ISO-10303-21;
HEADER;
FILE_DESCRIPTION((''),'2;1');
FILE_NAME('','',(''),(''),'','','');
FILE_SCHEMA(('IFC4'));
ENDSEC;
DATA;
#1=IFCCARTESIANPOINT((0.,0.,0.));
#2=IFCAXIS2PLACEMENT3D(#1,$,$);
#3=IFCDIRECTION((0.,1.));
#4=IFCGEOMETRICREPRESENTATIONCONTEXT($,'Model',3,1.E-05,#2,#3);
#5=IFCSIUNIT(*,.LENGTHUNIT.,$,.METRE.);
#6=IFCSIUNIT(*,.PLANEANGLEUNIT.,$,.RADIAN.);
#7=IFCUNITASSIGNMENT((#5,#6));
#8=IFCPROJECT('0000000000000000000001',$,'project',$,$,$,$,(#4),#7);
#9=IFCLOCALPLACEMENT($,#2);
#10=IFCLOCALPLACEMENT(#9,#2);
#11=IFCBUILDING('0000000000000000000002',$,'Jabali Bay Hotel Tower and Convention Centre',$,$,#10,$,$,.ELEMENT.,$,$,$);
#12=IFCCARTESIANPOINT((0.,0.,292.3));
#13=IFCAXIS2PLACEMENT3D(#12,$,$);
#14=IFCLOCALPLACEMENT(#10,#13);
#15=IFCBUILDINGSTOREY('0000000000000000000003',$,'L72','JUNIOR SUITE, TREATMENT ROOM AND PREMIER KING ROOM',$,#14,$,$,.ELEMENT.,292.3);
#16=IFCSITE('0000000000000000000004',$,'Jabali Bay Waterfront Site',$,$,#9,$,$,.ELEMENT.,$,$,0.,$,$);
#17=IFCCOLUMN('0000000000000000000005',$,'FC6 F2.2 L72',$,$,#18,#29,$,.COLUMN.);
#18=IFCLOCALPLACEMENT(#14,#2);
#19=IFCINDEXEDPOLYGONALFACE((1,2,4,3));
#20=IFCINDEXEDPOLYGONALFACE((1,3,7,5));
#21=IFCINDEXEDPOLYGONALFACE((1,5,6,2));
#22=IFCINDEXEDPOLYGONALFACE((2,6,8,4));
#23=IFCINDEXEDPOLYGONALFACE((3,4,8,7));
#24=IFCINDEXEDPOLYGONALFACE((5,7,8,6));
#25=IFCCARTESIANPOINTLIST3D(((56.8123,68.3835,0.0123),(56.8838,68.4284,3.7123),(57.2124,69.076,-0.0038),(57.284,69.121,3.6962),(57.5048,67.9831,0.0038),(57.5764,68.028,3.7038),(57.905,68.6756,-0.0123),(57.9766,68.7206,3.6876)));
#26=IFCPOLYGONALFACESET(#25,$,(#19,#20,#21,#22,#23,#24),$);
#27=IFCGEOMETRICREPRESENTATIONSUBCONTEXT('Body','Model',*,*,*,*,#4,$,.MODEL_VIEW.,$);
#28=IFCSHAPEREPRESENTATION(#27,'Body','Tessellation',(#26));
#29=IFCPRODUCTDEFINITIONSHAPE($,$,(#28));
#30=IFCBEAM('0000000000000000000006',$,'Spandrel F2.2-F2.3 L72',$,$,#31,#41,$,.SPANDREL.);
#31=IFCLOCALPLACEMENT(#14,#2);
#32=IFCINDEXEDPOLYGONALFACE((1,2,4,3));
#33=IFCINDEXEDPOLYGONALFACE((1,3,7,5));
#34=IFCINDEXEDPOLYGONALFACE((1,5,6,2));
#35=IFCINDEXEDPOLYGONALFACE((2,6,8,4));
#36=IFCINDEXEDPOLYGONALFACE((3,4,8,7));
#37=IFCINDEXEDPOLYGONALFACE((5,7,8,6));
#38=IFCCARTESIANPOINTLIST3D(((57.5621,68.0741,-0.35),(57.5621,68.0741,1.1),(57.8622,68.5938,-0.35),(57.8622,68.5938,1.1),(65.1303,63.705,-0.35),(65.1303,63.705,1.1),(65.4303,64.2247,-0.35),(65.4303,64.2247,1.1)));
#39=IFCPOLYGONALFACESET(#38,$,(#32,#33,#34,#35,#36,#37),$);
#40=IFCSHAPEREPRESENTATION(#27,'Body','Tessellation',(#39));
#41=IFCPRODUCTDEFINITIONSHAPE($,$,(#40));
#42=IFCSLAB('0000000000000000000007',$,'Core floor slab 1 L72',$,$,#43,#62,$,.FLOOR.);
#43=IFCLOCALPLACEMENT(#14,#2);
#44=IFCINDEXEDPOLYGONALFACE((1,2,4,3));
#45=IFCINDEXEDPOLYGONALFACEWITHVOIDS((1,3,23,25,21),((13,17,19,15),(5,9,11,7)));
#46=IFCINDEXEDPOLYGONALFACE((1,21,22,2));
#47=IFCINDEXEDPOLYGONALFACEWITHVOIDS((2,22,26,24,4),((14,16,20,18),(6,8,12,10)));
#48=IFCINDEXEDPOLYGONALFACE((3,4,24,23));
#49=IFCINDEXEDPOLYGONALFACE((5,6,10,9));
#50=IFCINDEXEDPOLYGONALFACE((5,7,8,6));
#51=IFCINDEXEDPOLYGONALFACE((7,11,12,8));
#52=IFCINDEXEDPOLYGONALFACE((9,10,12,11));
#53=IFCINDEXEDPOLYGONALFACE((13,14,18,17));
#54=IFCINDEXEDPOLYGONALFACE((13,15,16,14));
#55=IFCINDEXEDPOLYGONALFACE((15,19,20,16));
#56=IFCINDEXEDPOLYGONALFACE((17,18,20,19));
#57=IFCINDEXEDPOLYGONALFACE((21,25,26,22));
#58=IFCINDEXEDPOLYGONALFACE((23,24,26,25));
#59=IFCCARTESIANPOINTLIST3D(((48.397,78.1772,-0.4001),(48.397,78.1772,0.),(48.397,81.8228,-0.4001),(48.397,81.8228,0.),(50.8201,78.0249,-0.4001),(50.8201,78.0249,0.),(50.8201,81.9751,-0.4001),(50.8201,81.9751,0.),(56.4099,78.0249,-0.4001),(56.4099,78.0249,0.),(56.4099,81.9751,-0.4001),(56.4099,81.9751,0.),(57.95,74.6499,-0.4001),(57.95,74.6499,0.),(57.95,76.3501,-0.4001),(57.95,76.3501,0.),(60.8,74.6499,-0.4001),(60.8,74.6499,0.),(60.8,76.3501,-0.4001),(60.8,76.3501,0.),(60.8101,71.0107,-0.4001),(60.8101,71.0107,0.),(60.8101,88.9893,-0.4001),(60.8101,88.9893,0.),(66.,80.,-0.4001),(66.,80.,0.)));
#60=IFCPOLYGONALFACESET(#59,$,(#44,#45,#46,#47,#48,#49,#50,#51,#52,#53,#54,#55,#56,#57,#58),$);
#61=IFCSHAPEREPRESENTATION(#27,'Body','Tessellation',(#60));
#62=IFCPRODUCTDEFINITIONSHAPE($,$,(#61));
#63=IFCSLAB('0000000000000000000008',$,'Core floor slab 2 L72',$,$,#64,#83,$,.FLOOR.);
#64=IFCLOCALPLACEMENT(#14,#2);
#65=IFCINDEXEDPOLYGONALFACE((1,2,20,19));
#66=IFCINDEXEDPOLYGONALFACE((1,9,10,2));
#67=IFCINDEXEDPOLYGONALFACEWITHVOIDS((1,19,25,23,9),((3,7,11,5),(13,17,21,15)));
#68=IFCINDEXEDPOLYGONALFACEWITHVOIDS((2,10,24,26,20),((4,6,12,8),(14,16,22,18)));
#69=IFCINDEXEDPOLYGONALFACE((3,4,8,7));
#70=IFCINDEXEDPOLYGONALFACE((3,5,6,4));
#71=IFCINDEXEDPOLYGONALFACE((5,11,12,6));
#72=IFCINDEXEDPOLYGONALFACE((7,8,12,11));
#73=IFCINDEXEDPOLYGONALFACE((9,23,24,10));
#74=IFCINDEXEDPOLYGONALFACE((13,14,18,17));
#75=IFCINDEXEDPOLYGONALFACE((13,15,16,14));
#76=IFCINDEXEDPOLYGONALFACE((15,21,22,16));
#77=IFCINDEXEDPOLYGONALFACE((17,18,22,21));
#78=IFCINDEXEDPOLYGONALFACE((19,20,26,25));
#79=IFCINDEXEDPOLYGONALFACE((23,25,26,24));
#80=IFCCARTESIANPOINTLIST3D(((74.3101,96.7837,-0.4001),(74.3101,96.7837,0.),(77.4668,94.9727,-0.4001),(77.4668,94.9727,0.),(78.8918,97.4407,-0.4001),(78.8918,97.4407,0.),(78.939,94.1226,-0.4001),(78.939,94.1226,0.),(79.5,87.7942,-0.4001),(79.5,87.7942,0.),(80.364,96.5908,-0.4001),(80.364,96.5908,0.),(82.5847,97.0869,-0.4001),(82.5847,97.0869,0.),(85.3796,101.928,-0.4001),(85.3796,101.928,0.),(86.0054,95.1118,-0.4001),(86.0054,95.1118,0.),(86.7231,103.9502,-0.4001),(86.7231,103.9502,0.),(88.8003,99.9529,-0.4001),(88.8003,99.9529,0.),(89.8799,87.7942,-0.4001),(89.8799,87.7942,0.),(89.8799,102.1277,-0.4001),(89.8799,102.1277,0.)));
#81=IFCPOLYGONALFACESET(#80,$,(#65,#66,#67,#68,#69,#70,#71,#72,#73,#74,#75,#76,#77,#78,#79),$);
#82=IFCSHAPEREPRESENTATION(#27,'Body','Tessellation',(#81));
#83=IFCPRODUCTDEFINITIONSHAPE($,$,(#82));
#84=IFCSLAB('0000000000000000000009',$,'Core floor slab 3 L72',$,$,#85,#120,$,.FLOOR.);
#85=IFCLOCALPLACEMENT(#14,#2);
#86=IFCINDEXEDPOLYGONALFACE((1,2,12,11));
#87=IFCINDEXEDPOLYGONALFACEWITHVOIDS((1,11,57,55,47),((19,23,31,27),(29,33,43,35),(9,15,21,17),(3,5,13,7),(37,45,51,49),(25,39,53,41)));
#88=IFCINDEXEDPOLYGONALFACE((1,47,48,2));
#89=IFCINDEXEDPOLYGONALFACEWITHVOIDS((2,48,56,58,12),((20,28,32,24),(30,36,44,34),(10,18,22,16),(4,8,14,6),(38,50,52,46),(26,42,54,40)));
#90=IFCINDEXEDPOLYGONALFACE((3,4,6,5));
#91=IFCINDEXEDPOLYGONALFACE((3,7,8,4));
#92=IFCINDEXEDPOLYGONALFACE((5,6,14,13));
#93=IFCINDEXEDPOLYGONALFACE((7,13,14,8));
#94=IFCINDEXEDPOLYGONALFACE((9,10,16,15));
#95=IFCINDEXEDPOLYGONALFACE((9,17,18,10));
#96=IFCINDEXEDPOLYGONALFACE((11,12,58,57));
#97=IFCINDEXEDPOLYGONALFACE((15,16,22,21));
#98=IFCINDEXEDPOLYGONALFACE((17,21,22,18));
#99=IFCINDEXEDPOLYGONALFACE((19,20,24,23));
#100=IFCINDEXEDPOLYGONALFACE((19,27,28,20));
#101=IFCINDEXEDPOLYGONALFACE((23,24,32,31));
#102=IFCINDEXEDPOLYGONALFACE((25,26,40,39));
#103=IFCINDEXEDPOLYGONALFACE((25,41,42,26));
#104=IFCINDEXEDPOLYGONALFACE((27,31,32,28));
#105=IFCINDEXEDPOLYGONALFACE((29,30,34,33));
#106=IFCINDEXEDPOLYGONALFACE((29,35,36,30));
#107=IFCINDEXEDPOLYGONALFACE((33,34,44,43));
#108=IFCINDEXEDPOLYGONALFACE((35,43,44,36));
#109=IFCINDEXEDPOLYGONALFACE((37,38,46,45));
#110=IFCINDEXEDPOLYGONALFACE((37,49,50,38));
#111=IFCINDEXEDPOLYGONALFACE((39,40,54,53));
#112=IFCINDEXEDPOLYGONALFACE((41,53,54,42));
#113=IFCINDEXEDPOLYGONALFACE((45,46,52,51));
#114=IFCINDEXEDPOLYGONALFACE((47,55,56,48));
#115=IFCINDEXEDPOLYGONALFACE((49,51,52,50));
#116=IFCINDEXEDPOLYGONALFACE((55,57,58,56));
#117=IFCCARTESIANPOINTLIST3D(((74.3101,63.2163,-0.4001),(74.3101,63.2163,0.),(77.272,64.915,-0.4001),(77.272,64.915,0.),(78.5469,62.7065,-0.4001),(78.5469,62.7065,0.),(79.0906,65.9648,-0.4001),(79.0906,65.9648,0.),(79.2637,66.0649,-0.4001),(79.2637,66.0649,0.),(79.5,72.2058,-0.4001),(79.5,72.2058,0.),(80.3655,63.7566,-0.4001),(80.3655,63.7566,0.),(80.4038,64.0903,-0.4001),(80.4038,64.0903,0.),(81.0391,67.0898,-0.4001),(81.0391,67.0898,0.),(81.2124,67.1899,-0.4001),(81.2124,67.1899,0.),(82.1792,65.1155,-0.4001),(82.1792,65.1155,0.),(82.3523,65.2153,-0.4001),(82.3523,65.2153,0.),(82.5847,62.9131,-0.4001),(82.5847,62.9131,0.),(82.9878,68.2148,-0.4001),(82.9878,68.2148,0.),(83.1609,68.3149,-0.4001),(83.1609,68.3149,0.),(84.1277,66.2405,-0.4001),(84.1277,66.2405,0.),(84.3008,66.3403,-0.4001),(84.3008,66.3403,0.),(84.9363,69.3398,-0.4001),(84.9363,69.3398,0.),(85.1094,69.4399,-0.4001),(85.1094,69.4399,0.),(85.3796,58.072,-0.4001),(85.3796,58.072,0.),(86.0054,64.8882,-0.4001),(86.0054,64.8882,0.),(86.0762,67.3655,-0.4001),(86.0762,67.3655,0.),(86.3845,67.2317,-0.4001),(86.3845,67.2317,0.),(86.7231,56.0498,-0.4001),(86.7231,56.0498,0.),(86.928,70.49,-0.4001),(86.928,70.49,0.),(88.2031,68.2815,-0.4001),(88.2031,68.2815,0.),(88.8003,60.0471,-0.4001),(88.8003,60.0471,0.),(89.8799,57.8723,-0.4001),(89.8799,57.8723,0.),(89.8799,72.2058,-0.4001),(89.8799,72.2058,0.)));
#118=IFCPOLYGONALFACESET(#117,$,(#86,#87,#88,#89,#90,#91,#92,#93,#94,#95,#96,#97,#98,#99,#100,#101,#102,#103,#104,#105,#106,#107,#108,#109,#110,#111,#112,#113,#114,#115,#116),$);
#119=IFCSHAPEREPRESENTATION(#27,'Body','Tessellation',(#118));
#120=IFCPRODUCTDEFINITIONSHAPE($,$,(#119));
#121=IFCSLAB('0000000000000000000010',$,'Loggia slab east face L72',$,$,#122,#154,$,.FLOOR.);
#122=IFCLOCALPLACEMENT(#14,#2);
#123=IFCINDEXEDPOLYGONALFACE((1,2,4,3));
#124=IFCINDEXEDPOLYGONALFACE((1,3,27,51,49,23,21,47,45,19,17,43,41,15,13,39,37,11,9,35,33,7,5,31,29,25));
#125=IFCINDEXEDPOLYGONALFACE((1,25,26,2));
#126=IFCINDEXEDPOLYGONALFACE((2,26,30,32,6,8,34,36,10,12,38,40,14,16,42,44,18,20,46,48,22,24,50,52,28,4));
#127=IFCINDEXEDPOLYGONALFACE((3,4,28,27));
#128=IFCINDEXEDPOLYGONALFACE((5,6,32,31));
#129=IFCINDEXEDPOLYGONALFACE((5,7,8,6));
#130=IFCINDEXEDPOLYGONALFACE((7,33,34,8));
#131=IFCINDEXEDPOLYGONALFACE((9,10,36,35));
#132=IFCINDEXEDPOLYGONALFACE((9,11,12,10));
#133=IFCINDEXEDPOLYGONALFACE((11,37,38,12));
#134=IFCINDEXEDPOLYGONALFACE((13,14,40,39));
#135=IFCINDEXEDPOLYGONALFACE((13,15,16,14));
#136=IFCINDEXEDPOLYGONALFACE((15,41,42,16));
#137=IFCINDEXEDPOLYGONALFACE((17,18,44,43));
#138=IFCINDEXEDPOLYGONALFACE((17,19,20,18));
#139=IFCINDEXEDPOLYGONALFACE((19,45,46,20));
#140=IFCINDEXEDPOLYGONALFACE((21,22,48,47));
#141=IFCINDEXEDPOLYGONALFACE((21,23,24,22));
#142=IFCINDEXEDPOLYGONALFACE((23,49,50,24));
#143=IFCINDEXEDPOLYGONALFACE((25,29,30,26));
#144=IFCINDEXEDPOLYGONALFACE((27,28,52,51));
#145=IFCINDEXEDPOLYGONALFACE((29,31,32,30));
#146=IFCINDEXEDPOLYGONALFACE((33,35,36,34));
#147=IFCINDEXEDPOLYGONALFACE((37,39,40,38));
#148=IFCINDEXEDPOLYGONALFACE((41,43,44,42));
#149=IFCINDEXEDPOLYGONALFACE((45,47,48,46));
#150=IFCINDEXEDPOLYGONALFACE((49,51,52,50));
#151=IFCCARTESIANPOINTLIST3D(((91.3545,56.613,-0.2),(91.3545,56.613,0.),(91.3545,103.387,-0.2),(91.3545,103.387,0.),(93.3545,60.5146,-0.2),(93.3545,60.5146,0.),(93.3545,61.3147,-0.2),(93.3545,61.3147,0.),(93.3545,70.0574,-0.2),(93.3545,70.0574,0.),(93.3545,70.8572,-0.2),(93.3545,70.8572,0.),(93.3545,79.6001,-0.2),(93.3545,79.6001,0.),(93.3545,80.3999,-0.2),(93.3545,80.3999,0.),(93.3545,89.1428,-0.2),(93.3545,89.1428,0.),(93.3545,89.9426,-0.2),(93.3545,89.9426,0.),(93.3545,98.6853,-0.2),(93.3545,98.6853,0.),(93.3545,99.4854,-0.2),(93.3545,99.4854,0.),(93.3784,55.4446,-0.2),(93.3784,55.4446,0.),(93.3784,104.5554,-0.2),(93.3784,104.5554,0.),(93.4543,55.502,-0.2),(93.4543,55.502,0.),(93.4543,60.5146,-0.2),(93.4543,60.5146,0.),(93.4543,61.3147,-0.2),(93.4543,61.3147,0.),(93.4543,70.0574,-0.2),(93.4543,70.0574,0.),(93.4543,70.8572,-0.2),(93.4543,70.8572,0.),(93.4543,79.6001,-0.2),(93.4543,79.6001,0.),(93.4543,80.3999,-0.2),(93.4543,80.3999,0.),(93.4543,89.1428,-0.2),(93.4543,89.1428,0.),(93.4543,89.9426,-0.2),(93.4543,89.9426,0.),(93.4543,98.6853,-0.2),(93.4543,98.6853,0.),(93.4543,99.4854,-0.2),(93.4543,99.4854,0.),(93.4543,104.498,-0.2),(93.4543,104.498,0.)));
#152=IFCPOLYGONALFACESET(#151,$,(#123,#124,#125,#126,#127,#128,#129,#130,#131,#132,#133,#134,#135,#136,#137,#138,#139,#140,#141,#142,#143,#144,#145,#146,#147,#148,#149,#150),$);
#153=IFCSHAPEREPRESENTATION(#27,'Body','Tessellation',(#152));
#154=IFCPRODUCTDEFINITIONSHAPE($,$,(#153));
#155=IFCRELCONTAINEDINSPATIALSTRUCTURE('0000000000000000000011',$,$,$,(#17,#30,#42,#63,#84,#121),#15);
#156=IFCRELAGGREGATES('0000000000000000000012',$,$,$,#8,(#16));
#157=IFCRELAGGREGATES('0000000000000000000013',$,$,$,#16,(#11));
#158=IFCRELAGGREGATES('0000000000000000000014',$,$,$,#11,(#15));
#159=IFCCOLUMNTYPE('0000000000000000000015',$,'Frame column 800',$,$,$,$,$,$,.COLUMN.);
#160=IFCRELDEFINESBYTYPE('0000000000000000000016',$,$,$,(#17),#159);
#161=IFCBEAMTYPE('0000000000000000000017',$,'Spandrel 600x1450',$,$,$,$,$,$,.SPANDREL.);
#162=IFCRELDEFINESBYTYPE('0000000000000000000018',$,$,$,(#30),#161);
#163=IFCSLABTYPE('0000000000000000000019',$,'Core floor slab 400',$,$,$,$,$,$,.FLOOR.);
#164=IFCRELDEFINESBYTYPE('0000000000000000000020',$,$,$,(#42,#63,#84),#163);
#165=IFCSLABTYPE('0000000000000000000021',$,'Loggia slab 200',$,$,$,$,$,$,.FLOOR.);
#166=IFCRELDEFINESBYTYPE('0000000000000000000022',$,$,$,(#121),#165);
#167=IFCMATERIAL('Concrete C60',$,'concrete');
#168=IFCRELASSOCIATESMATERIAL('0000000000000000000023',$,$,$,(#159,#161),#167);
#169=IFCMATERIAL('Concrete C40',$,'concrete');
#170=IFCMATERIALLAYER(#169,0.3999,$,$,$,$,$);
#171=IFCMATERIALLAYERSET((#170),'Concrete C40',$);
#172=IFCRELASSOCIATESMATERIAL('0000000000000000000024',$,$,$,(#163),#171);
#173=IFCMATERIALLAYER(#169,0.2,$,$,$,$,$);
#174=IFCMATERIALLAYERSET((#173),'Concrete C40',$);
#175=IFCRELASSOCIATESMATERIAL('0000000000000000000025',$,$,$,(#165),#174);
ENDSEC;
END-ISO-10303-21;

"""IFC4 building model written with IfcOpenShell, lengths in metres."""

from ifc_helpers import new_model, si_unit, direction, frame, origin, origin_2d, place, context, subcontext, project, spatial, polyline, rectangle, outline, extrude, material, layer, layer_set, material_profile, profile_set, type_object, element, save


model = new_model("IFC4")

# Units and contexts
model_context = context("Model", 3, precision=1e-05, world=origin(), true_north=direction((0.0, 1.0)))
body_context = subcontext(model_context, "Body", "Model", "MODEL_VIEW")
ifc_project = project(units=[si_unit("LENGTHUNIT", "METRE"), si_unit("PLANEANGLEUNIT", "RADIAN")], contexts=[model_context])

# Site, building, storey
site_placement = place(None, origin())
site = spatial("IfcSite", under=ifc_project, at=site_placement, Name="Jabali Bay Waterfront Site", CompositionType="ELEMENT", RefElevation=0.0)
building_placement = place(site_placement, origin())
building = spatial("IfcBuilding", under=site, at=building_placement, Name="Jabali Bay Hotel Tower and Convention Centre", CompositionType="ELEMENT")
storey_placement = place(building_placement, frame((0.0, 0.0, 292.3)))
storey = spatial("IfcBuildingStorey", under=building, at=storey_placement, Name="L72", Description="JUNIOR SUITE, TREATMENT ROOM AND PREMIER KING ROOM", CompositionType="ELEMENT", Elevation=292.3)

# Column
ifc_material_1 = material(Name="Concrete C60", Category="concrete")
ifc_material_profile_1 = material_profile(ifc_material_1, rectangle(XDim=0.8, YDim=0.8, at=origin_2d()), Name="Frame column 800")
ifc_profile_set_1 = profile_set([ifc_material_profile_1], Name="Concrete C60")
column_type = type_object("IfcColumnType", Name="Frame column 800", PredefinedType="COLUMN", material=ifc_profile_set_1)
column_placement = place(storey_placement, frame((57.3586, 68.5295, 0.0), z_axis=(0.019329, 0.012138, 0.99974), x_axis=(-0.865689, 0.500469, 0.010661)))
element("IfcColumn", 1, at=column_placement, inside=storey, type_object=column_type, Name="FC6 F2.2 L72", PredefinedType="COLUMN", context=body_context, shape_type="SweptSolid", body=[
    extrude(rectangle(XDim=0.8, YDim=0.8, at=origin_2d()), origin(), (0.0, 0.0, 1.0), 3.7009),
])

# Beam
ifc_material_profile_2 = material_profile(ifc_material_1, rectangle(XDim=0.6001, YDim=1.45, at=origin_2d()), Name="Spandrel 600x1450")
ifc_profile_set_2 = profile_set([ifc_material_profile_2], Name="Concrete C60")
beam_type = type_object("IfcBeamType", Name="Spandrel 600x1450", PredefinedType="SPANDREL", material=ifc_profile_set_2)
beam_placement = place(storey_placement, frame((57.7122, 68.334, 0.375), z_axis=(0.866041, -0.499973, 0.0), x_axis=(0.499973, 0.866041, 0.0)))
element("IfcBeam", 2, at=beam_placement, inside=storey, type_object=beam_type, Name="Spandrel F2.2-F2.3 L72", PredefinedType="SPANDREL", context=body_context, shape_type="SweptSolid", body=[
    extrude(rectangle(XDim=0.6001, YDim=1.45, at=origin_2d()), origin(), (0.0, 0.0, 1.0), 8.7388),
])

# Slabs
ifc_material_2 = material(Name="Concrete C40", Category="concrete")
ifc_layer_1 = layer(ifc_material_2, 0.3999)
ifc_layer_set_1 = layer_set([ifc_layer_1], Name="Concrete C40")
slab_type_1 = type_object("IfcSlabType", Name="Core floor slab 400", PredefinedType="FLOOR", material=ifc_layer_set_1)
slab_1_placement = place(storey_placement, frame((0.0, 0.0, -0.4001)))
element("IfcSlab", 3, at=slab_1_placement, inside=storey, type_object=slab_type_1, Name="Core floor slab 1 L72", PredefinedType="FLOOR", context=body_context, shape_type="SweptSolid", body=[
    extrude(outline(polyline([(66.0, 80.0), (60.8101, 88.9893), (48.397, 81.8228), (48.397, 78.1772), (60.8101, 71.0107), (66.0, 80.0)]), holes=[polyline([(60.8, 76.3501), (57.95, 76.3501), (57.95, 74.6499), (60.8, 74.6499), (60.8, 76.3501)]), polyline([(50.8201, 81.9751), (50.8201, 78.0249), (56.4099, 78.0249), (56.4099, 81.9751), (50.8201, 81.9751)])]), origin(), (0.0, 0.0, 1.0), 0.4001),
])
slab_2_placement = place(storey_placement, frame((0.0, 0.0, -0.4001)))
element("IfcSlab", 4, at=slab_2_placement, inside=storey, type_object=slab_type_1, Name="Core floor slab 2 L72", PredefinedType="FLOOR", context=body_context, shape_type="SweptSolid", body=[
    extrude(outline(polyline([(79.5, 87.7942), (89.8799, 87.7942), (89.8799, 102.1277), (86.7231, 103.9502), (74.3101, 96.7837), (79.5, 87.7942)]), holes=[polyline([(78.939, 94.1226), (80.364, 96.5908), (78.8918, 97.4407), (77.4668, 94.9727), (78.939, 94.1226)]), polyline([(88.8003, 99.9529), (85.3796, 101.928), (82.5847, 97.0869), (86.0054, 95.1118), (88.8003, 99.9529)])]), origin(), (0.0, 0.0, 1.0), 0.4001),
])
slab_3_placement = place(storey_placement, frame((0.0, 0.0, -0.4001)))
element("IfcSlab", 5, at=slab_3_placement, inside=storey, type_object=slab_type_1, Name="Core floor slab 3 L72", PredefinedType="FLOOR", context=body_context, shape_type="SweptSolid", body=[
    extrude(outline(polyline([(79.5, 72.2058), (74.3101, 63.2163), (86.7231, 56.0498), (89.8799, 57.8723), (89.8799, 72.2058), (79.5, 72.2058)]), holes=[polyline([(82.5847, 62.9131), (85.3796, 58.072), (88.8003, 60.0471), (86.0054, 64.8882), (82.5847, 62.9131)]), polyline([(80.3655, 63.7566), (79.0906, 65.9648), (77.272, 64.915), (78.5469, 62.7065), (80.3655, 63.7566)]), polyline([(82.1792, 65.1155), (81.0391, 67.0898), (79.2637, 66.0649), (80.4038, 64.0903), (82.1792, 65.1155)]), polyline([(82.9878, 68.2148), (81.2124, 67.1899), (82.3523, 65.2153), (84.1277, 66.2405), (82.9878, 68.2148)]), polyline([(86.0762, 67.3655), (84.9363, 69.3398), (83.1609, 68.3149), (84.3008, 66.3403), (86.0762, 67.3655)]), polyline([(88.2031, 68.2815), (86.928, 70.49), (85.1094, 69.4399), (86.3845, 67.2317), (88.2031, 68.2815)])]), origin(), (0.0, 0.0, 1.0), 0.4001),
])
ifc_layer_2 = layer(ifc_material_2, 0.2)
ifc_layer_set_2 = layer_set([ifc_layer_2], Name="Concrete C40")
slab_type_2 = type_object("IfcSlabType", Name="Loggia slab 200", PredefinedType="FLOOR", material=ifc_layer_set_2)
slab_4_placement = place(storey_placement, frame((0.0, 0.0, -0.2)))
element("IfcSlab", 6, at=slab_4_placement, inside=storey, type_object=slab_type_2, Name="Loggia slab east face L72", PredefinedType="FLOOR", context=body_context, shape_type="SweptSolid", body=[
    extrude(outline(polyline([(91.3545, 103.387), (93.3784, 104.5554), (93.4543, 104.498), (93.4543, 99.4854), (93.3545, 99.4854), (93.3545, 98.6853), (93.4543, 98.6853), (93.4543, 89.9426), (93.3545, 89.9426), (93.3545, 89.1428), (93.4543, 89.1428), (93.4543, 80.3999), (93.3545, 80.3999), (93.3545, 79.6001), (93.4543, 79.6001), (93.4543, 70.8572), (93.3545, 70.8572), (93.3545, 70.0574), (93.4543, 70.0574), (93.4543, 61.3147), (93.3545, 61.3147), (93.3545, 60.5146), (93.4543, 60.5146), (93.4543, 55.502), (93.3784, 55.4446), (91.3545, 56.613), (91.3545, 103.387)])), origin(), (0.0, 0.0, 1.0), 0.2),
])

save(model, "model.ifc")
